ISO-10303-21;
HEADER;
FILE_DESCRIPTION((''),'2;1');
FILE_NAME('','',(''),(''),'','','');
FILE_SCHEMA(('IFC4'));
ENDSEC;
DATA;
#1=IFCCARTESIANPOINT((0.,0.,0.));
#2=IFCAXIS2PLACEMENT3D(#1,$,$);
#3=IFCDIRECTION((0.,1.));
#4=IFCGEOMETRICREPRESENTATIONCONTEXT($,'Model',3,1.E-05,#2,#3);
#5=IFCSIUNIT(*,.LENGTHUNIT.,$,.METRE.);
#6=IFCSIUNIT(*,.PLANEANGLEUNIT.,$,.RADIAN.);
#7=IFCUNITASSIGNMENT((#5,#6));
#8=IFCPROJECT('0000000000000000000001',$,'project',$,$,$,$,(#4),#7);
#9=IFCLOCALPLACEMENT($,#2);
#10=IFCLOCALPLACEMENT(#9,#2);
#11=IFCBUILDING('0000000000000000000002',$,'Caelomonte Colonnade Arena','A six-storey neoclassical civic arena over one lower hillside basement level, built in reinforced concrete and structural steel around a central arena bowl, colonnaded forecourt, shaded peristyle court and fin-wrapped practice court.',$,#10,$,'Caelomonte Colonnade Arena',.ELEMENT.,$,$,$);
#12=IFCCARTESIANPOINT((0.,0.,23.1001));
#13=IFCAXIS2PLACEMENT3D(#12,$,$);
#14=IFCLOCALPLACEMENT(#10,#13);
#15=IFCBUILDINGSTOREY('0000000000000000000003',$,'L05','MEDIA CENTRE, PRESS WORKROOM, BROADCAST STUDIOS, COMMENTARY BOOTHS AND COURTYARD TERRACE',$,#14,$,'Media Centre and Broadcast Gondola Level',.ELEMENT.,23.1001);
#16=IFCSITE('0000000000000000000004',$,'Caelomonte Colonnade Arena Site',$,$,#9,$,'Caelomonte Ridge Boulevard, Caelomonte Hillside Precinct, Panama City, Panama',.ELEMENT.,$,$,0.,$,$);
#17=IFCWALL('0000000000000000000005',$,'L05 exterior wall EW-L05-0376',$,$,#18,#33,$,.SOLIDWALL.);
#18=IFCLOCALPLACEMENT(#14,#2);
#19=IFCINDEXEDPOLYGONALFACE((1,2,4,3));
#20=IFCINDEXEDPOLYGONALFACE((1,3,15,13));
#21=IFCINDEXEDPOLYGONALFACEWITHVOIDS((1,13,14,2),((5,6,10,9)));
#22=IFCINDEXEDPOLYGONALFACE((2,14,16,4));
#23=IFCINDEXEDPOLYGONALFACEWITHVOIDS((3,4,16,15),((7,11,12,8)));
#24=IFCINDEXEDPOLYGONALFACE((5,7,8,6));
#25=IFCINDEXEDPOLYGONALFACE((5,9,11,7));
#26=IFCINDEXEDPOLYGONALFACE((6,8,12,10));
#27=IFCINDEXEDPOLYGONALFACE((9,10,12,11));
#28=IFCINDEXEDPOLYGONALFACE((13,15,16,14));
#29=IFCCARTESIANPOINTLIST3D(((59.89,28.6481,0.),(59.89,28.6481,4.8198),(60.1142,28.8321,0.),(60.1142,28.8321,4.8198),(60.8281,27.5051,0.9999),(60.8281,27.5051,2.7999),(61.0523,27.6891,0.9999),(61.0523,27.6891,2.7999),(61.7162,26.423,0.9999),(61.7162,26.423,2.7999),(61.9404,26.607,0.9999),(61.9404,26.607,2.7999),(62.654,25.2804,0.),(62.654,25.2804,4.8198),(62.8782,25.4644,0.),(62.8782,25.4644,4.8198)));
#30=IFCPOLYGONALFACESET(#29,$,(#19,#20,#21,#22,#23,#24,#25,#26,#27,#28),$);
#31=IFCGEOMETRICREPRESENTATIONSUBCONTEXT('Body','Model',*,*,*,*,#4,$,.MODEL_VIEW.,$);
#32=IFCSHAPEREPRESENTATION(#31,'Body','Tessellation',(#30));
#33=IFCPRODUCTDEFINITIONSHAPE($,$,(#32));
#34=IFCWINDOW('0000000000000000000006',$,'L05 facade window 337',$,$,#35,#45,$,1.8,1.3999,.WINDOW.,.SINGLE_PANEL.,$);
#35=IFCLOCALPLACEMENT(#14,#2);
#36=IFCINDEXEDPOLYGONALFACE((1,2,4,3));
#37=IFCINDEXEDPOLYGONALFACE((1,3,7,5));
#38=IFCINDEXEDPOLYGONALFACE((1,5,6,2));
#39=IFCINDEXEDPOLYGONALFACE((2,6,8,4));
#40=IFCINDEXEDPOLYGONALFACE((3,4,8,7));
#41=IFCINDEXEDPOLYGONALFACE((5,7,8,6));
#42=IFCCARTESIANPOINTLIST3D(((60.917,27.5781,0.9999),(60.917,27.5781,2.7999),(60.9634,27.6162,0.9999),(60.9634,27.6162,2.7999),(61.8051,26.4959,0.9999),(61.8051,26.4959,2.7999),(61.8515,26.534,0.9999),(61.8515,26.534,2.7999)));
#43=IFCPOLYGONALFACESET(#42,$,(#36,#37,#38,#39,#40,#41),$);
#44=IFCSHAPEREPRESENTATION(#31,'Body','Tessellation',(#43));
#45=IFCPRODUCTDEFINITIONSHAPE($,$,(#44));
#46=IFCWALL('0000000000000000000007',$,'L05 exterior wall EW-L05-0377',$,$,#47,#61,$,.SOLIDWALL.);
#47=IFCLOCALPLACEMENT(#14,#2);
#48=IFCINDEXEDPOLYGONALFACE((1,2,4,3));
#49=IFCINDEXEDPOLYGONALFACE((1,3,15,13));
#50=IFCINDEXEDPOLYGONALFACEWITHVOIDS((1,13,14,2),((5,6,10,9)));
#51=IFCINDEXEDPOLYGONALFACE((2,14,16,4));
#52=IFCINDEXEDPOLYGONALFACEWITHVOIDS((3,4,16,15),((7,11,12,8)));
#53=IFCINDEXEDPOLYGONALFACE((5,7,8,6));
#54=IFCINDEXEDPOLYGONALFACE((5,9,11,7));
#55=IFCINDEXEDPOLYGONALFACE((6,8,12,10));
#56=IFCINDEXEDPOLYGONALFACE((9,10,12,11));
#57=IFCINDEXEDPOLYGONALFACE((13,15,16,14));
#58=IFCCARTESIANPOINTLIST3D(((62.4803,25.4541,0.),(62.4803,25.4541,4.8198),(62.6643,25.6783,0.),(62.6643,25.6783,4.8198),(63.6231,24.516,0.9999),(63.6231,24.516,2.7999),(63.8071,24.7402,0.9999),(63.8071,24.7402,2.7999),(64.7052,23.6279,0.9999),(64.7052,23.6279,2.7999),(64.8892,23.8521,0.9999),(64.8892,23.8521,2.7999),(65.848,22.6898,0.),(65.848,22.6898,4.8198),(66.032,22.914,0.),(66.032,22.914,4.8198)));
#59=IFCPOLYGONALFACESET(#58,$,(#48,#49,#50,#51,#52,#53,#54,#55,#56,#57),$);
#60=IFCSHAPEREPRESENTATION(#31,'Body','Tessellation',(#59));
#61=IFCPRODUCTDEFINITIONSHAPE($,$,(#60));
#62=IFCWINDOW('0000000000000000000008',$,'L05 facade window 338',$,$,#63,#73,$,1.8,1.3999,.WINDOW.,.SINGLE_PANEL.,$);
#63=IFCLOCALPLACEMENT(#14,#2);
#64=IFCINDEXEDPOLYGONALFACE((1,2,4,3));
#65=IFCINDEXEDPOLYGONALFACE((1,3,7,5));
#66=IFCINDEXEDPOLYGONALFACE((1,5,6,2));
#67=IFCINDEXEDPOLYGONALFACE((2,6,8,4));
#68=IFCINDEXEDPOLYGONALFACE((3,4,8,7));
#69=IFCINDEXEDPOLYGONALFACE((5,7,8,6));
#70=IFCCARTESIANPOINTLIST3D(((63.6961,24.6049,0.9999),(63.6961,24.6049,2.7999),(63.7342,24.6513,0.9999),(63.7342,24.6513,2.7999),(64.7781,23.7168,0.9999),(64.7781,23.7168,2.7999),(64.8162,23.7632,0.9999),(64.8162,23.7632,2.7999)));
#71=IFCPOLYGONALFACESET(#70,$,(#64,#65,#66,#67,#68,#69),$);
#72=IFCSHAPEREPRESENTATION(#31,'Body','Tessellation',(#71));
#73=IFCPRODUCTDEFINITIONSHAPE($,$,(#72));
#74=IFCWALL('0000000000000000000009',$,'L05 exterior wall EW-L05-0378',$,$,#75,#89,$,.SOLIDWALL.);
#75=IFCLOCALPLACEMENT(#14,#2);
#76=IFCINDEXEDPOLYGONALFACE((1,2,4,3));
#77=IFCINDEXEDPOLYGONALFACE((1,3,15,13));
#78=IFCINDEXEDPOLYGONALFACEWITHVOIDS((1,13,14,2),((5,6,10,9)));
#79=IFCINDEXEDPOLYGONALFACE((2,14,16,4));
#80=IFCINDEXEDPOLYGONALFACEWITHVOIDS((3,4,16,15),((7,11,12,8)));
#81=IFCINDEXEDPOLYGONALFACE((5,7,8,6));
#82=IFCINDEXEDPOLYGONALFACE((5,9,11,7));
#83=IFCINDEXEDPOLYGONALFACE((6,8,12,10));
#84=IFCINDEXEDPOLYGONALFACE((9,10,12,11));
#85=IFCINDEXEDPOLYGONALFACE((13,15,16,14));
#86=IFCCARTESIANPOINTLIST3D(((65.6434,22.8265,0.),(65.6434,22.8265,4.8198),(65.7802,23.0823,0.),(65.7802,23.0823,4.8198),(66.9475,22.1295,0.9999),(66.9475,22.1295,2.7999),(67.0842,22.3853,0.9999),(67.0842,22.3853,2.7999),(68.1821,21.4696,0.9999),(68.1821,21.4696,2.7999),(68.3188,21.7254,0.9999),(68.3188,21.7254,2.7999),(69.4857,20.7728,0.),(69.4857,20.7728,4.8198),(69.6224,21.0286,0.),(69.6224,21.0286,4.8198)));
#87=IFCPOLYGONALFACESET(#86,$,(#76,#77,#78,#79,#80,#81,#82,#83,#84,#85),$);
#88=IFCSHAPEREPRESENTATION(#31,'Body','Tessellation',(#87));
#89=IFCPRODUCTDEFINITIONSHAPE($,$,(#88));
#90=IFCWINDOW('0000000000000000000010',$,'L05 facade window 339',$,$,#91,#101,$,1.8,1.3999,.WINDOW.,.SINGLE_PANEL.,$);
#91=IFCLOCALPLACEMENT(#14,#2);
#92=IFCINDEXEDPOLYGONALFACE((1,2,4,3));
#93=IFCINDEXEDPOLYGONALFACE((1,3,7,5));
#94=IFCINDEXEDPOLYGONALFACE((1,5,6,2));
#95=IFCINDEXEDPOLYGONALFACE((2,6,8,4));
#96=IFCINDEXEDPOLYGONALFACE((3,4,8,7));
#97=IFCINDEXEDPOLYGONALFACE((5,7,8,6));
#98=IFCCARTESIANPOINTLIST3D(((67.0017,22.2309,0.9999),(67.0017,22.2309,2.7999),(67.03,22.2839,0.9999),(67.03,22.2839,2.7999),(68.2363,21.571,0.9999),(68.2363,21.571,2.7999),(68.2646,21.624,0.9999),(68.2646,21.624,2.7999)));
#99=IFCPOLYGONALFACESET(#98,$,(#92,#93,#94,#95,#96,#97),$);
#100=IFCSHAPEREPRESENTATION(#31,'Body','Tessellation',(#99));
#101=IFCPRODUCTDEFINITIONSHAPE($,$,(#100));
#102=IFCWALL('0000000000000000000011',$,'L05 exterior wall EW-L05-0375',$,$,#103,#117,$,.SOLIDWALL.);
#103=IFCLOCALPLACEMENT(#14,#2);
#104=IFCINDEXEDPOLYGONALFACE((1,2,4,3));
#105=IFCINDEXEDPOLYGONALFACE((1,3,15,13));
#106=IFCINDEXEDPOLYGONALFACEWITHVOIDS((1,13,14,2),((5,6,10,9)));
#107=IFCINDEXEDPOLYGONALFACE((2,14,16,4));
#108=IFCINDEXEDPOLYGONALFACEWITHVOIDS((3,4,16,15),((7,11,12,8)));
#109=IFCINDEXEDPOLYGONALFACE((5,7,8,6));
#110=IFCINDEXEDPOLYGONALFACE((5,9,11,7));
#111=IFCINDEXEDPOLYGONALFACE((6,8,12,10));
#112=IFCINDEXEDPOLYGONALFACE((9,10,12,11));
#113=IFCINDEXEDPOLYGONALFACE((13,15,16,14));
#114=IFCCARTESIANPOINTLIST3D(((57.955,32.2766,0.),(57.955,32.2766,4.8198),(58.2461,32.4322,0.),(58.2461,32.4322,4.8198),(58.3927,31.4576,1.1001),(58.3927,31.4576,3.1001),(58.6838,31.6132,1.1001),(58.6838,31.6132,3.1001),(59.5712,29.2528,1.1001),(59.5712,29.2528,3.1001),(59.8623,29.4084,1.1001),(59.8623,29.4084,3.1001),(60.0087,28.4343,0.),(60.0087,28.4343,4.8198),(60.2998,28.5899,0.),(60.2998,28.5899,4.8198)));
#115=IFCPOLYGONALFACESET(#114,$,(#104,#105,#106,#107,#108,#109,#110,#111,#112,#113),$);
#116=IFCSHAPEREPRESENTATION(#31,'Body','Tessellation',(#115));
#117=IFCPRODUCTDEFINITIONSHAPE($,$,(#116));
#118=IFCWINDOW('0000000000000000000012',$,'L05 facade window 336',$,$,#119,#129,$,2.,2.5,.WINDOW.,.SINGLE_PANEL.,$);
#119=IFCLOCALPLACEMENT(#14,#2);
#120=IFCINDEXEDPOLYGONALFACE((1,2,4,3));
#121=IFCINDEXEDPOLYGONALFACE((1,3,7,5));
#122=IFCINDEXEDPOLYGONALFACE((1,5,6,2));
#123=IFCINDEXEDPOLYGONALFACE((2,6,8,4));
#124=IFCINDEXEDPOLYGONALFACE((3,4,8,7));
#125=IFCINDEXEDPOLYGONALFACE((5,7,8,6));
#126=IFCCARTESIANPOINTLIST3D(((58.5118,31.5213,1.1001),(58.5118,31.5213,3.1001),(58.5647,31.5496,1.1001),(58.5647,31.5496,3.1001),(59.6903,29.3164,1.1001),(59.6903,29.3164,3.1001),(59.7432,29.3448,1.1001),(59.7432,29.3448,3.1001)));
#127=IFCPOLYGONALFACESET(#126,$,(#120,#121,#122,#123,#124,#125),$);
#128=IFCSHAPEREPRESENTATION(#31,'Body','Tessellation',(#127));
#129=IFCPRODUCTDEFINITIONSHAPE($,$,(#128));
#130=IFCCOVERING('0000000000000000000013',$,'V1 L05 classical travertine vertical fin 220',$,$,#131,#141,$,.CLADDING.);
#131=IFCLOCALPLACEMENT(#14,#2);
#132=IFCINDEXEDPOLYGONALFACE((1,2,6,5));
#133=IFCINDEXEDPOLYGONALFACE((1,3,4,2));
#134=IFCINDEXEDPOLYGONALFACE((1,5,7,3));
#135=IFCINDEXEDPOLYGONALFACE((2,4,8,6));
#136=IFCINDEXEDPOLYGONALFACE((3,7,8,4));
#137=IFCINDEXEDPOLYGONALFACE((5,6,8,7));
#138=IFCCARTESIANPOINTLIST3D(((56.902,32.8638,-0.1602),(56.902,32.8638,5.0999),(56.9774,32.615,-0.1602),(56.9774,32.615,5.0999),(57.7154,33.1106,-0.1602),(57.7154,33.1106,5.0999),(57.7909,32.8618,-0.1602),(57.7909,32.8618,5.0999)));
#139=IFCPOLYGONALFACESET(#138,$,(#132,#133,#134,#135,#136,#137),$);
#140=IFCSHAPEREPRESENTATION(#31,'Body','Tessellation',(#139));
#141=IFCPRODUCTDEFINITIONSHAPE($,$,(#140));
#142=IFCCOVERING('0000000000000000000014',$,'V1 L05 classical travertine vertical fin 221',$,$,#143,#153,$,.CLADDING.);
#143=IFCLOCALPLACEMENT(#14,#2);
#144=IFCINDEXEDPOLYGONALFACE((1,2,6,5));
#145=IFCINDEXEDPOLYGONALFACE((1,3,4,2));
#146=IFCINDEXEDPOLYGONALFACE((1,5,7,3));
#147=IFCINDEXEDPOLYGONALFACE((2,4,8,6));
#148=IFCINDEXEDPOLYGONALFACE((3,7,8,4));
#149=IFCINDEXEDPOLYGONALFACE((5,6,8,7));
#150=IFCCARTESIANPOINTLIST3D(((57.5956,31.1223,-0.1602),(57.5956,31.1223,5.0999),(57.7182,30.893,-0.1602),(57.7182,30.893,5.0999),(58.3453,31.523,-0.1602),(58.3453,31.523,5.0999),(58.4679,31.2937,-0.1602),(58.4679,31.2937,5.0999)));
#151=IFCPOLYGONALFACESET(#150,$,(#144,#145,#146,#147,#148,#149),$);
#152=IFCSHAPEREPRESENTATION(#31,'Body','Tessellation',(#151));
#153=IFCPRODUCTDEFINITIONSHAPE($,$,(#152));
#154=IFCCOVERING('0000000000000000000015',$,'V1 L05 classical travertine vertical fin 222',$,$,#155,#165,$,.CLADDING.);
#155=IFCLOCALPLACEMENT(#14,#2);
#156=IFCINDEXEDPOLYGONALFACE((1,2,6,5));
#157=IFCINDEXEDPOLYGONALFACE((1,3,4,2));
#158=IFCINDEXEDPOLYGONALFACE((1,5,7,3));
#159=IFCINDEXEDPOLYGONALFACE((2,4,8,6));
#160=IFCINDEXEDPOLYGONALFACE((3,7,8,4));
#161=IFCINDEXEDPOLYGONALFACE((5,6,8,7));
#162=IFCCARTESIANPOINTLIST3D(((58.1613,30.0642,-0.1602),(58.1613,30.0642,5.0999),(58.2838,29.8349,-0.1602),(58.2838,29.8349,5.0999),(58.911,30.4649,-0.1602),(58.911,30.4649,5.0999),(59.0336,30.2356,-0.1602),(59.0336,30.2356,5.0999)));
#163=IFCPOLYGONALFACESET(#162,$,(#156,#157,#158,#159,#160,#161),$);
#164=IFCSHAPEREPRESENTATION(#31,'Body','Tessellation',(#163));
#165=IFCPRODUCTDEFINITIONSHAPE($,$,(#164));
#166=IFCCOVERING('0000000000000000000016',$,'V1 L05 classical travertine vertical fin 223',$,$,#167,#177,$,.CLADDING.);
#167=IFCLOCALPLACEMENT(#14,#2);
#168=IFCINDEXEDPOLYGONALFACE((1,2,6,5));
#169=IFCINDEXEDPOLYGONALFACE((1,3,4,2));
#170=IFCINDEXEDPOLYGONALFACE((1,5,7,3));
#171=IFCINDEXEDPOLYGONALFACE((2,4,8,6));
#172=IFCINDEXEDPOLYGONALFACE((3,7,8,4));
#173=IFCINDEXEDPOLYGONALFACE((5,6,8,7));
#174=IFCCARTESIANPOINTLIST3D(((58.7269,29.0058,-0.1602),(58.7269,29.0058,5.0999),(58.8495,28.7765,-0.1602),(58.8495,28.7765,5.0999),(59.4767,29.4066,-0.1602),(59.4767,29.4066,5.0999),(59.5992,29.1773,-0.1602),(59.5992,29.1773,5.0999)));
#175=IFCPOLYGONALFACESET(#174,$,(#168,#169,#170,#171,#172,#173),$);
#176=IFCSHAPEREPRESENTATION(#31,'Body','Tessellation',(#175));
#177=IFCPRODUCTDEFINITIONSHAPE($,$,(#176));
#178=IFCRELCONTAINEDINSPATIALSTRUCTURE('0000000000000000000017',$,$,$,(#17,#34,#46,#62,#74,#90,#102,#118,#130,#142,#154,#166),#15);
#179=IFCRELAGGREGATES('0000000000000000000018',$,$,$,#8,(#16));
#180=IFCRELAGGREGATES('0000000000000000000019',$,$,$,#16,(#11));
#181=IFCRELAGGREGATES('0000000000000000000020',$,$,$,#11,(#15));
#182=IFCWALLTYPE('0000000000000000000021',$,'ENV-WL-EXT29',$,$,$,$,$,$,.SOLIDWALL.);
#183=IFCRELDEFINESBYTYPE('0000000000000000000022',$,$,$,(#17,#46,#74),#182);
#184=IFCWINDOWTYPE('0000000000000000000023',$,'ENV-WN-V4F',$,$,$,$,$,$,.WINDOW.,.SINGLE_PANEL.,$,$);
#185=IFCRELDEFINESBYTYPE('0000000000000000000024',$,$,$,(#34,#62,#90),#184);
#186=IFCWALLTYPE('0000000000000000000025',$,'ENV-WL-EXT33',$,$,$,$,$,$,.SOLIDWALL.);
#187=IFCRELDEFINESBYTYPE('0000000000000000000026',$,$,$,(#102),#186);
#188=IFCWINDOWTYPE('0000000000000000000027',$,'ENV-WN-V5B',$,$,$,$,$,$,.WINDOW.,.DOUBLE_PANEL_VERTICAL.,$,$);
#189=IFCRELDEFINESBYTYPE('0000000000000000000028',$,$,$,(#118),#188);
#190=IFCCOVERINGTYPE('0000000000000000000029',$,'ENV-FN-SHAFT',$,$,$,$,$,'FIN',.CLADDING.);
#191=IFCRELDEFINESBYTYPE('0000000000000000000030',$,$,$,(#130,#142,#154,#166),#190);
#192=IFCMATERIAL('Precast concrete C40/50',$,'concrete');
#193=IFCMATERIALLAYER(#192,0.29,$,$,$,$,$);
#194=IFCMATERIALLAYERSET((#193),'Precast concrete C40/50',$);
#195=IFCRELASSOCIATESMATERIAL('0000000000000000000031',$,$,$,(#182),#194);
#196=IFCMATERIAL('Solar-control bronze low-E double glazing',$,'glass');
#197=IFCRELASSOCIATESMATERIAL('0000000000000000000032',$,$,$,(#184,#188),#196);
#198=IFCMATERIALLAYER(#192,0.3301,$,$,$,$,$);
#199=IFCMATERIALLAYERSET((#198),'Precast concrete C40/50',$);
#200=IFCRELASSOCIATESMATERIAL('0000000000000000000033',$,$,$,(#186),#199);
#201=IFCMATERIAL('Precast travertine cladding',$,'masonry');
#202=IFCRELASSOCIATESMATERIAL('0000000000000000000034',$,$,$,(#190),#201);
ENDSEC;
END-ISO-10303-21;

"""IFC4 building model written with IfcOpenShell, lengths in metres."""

from ifc_helpers import new_model, si_unit, direction, frame, frame_2d, origin, origin_2d, place, context, subcontext, project, spatial, rectangle, extrude, material, layer, layer_set, material_profile, profile_set, type_object, element, fill, save


model = new_model("IFC4")

# Units and contexts
model_context = context("Model", 3, precision=1e-05, world=origin(), true_north=direction((0.0, 1.0)))
body_context = subcontext(model_context, "Body", "Model", "MODEL_VIEW")
ifc_project = project(units=[si_unit("LENGTHUNIT", "METRE"), si_unit("PLANEANGLEUNIT", "RADIAN")], contexts=[model_context])

# Site, building, storey
site_placement = place(None, origin())
site = spatial("IfcSite", under=ifc_project, at=site_placement, Name="Caelomonte Colonnade Arena Site", LongName="Caelomonte Ridge Boulevard, Caelomonte Hillside Precinct, Panama City, Panama", CompositionType="ELEMENT", RefElevation=0.0)
building_placement = place(site_placement, origin())
building = spatial("IfcBuilding", under=site, at=building_placement, Name="Caelomonte Colonnade Arena", Description="A six-storey neoclassical civic arena over one lower hillside basement level, built in reinforced concrete and structural steel around a central arena bowl, colonnaded forecourt, shaded peristyle court and fin-wrapped practice court.", LongName="Caelomonte Colonnade Arena", CompositionType="ELEMENT")
storey_placement = place(building_placement, frame((0.0, 0.0, 23.1001)))
storey = spatial("IfcBuildingStorey", under=building, at=storey_placement, Name="L05", Description="MEDIA CENTRE, PRESS WORKROOM, BROADCAST STUDIOS, COMMENTARY BOOTHS AND COURTYARD TERRACE", LongName="Media Centre and Broadcast Gondola Level", CompositionType="ELEMENT", Elevation=23.1001)

# Walls, openings, windows
ifc_material_1 = material(Name="Precast concrete C40/50", Category="concrete")
ifc_layer_1 = layer(ifc_material_1, 0.29)
ifc_layer_set_1 = layer_set([ifc_layer_1], Name="Precast concrete C40/50")
wall_type_1 = type_object("IfcWallType", Name="ENV-WL-EXT29", PredefinedType="SOLIDWALL", material=ifc_layer_set_1)
wall_1_placement = place(storey_placement, frame((60.0022, 28.74, 0.0), z_axis=(0.0, 0.0, 1.0), x_axis=(0.634412, -0.772995, 0.0)))
wall_1 = element("IfcWall", 1, at=wall_1_placement, inside=storey, type_object=wall_type_1, Name="L05 exterior wall EW-L05-0376", PredefinedType="SOLIDWALL", context=body_context, shape_type="SweptSolid", body=[
    extrude(rectangle(XDim=4.3567, YDim=0.29, at=frame_2d((2.1782, 0.0))), origin(), (0.0, 0.0, 1.0), 4.8198),
])
opening_1_placement = place(wall_1_placement, frame((2.8784, 0.0, 1.0), z_axis=(0.0, 0.0, 1.0), x_axis=(-1.0, 0.0, 0.0)))
opening_1 = element("IfcOpeningElement", 2, at=opening_1_placement, cuts=wall_1, PredefinedType="OPENING", context=body_context, shape_type="SweptSolid", body=[
    extrude(rectangle(XDim=1.3999, YDim=1.8, at=frame_2d((0.7, 0.8999))), frame((0.0, 0.155, 0.0), z_axis=(0.0, -1.0, 0.0), x_axis=(1.0, 0.0, 0.0)), (0.0, 0.0, 1.0), 0.3101),
])
ifc_material_2 = material(Name="Solar-control bronze low-E double glazing", Category="glass")
window_type_1 = type_object("IfcWindowType", Name="ENV-WN-V4F", PartitioningType="SINGLE_PANEL", PredefinedType="WINDOW", material=ifc_material_2)
window_1_placement = place(opening_1_placement, origin())
window_1 = element("IfcWindow", 3, at=window_1_placement, inside=storey, type_object=window_type_1, Name="L05 facade window 337", OverallHeight=1.8, OverallWidth=1.3999, PartitioningType="SINGLE_PANEL", PredefinedType="WINDOW", context=body_context, shape_type="SweptSolid", body=[
    extrude(rectangle(XDim=1.3999, YDim=1.8, at=frame_2d((0.7, 0.8999))), frame((0.0, 0.03, 0.0), z_axis=(0.0, -1.0, 0.0), x_axis=(1.0, 0.0, 0.0)), (0.0, 0.0, 1.0), 0.0601),
])
fill(opening_1, window_1)
wall_2_placement = place(storey_placement, frame((62.5723, 25.5662, 0.0), z_axis=(0.0, 0.0, 1.0), x_axis=(0.772968, -0.634445, 0.0)))
wall_2 = element("IfcWall", 4, at=wall_2_placement, inside=storey, type_object=wall_type_1, Name="L05 exterior wall EW-L05-0377", PredefinedType="SOLIDWALL", context=body_context, shape_type="SweptSolid", body=[
    extrude(rectangle(XDim=4.3569, YDim=0.29, at=frame_2d((2.1785, 0.0))), origin(), (0.0, 0.0, 1.0), 4.8198),
])
opening_2_placement = place(wall_2_placement, frame((2.8784, 0.0, 1.0), z_axis=(0.0, 0.0, 1.0), x_axis=(-1.0, 0.0, 0.0)))
opening_2 = element("IfcOpeningElement", 5, at=opening_2_placement, cuts=wall_2, PredefinedType="OPENING", context=body_context, shape_type="SweptSolid", body=[
    extrude(rectangle(XDim=1.3999, YDim=1.8, at=frame_2d((0.7, 0.8999))), frame((0.0, 0.155, 0.0), z_axis=(0.0, -1.0, 0.0), x_axis=(1.0, 0.0, 0.0)), (0.0, 0.0, 1.0), 0.3101),
])
window_2_placement = place(opening_2_placement, origin())
window_2 = element("IfcWindow", 6, at=window_2_placement, inside=storey, type_object=window_type_1, Name="L05 facade window 338", OverallHeight=1.8, OverallWidth=1.3999, PartitioningType="SINGLE_PANEL", PredefinedType="WINDOW", context=body_context, shape_type="SweptSolid", body=[
    extrude(rectangle(XDim=1.3999, YDim=1.8, at=frame_2d((0.7, 0.8999))), frame((0.0, 0.03, 0.0), z_axis=(0.0, -1.0, 0.0), x_axis=(1.0, 0.0, 0.0)), (0.0, 0.0, 1.0), 0.0601),
])
fill(opening_2, window_2)
wall_3_placement = place(storey_placement, frame((65.7119, 22.9543, 0.0), z_axis=(0.0, 0.0, 1.0), x_axis=(0.881924, -0.471391, 0.0)))
wall_3 = element("IfcWall", 7, at=wall_3_placement, inside=storey, type_object=wall_type_1, Name="L05 exterior wall EW-L05-0378", PredefinedType="SOLIDWALL", context=body_context, shape_type="SweptSolid", body=[
    extrude(rectangle(XDim=4.3567, YDim=0.29, at=frame_2d((2.1782, 0.0))), origin(), (0.0, 0.0, 1.0), 4.8198),
])
opening_3_placement = place(wall_3_placement, frame((2.8784, 0.0, 1.0), z_axis=(0.0, 0.0, 1.0), x_axis=(-1.0, 0.0, 0.0)))
opening_3 = element("IfcOpeningElement", 8, at=opening_3_placement, cuts=wall_3, PredefinedType="OPENING", context=body_context, shape_type="SweptSolid", body=[
    extrude(rectangle(XDim=1.3999, YDim=1.8, at=frame_2d((0.7, 0.8999))), frame((0.0, 0.155, 0.0), z_axis=(0.0, -1.0, 0.0), x_axis=(1.0, 0.0, 0.0)), (0.0, 0.0, 1.0), 0.3101),
])
window_3_placement = place(opening_3_placement, origin())
window_3 = element("IfcWindow", 9, at=window_3_placement, inside=storey, type_object=window_type_1, Name="L05 facade window 339", OverallHeight=1.8, OverallWidth=1.3999, PartitioningType="SINGLE_PANEL", PredefinedType="WINDOW", context=body_context, shape_type="SweptSolid", body=[
    extrude(rectangle(XDim=1.3999, YDim=1.8, at=frame_2d((0.7, 0.8999))), frame((0.0, 0.03, 0.0), z_axis=(0.0, -1.0, 0.0), x_axis=(1.0, 0.0, 0.0)), (0.0, 0.0, 1.0), 0.0601),
])
fill(opening_3, window_3)
ifc_layer_2 = layer(ifc_material_1, 0.3301)
ifc_layer_set_2 = layer_set([ifc_layer_2], Name="Precast concrete C40/50")
wall_type_2 = type_object("IfcWallType", Name="ENV-WL-EXT33", PredefinedType="SOLIDWALL", material=ifc_layer_set_2)
wall_4_placement = place(storey_placement, frame((58.1006, 32.3542, 0.0), z_axis=(0.0, 0.0, 1.0), x_axis=(0.471391, -0.881924, 0.0)))
wall_4 = element("IfcWall", 10, at=wall_4_placement, inside=storey, type_object=wall_type_2, Name="L05 exterior wall EW-L05-0375", PredefinedType="SOLIDWALL", context=body_context, shape_type="SweptSolid", body=[
    extrude(rectangle(XDim=4.3567, YDim=0.3301, at=frame_2d((2.1782, 0.0))), origin(), (0.0, 0.0, 1.0), 4.8198),
])
opening_4_placement = place(wall_4_placement, frame((3.4285, 0.0, 1.1001), z_axis=(0.0, 0.0, 1.0), x_axis=(-1.0, 0.0, 0.0)))
opening_4 = element("IfcOpeningElement", 11, at=opening_4_placement, cuts=wall_4, PredefinedType="OPENING", context=body_context, shape_type="SweptSolid", body=[
    extrude(rectangle(XDim=2.5, YDim=2.0, at=frame_2d((1.25, 1.0))), frame((0.0, 0.175, 0.0), z_axis=(0.0, -1.0, 0.0), x_axis=(1.0, 0.0, 0.0)), (0.0, 0.0, 1.0), 0.3501),
])
window_type_2 = type_object("IfcWindowType", Name="ENV-WN-V5B", PartitioningType="DOUBLE_PANEL_VERTICAL", PredefinedType="WINDOW", material=ifc_material_2)
window_4_placement = place(opening_4_placement, origin())
window_4 = element("IfcWindow", 12, at=window_4_placement, inside=storey, type_object=window_type_2, Name="L05 facade window 336", OverallHeight=2.0, OverallWidth=2.5, PartitioningType="SINGLE_PANEL", PredefinedType="WINDOW", context=body_context, shape_type="SweptSolid", body=[
    extrude(rectangle(XDim=2.5, YDim=2.0, at=frame_2d((1.25, 1.0))), frame((0.0, 0.03, 0.0), z_axis=(0.0, -1.0, 0.0), x_axis=(1.0, 0.0, 0.0)), (0.0, 0.0, 1.0), 0.0601),
])
fill(opening_4, window_4)

# Coverings
ifc_material_3 = material(Name="Precast travertine cladding", Category="masonry")
ifc_material_profile = material_profile(ifc_material_3, rectangle(XDim=0.26, YDim=0.8501, at=origin_2d()), Name="FIN260X850")
ifc_profile_set = profile_set([ifc_material_profile], Name="Precast travertine cladding")
covering_type = type_object("IfcCoveringType", Name="ENV-FN-SHAFT", ElementType="FIN", PredefinedType="CLADDING", material=ifc_profile_set)
for number, where, z_axis, x_axis, name in (
    (13, (57.3464, 32.8628, -0.1602), (0.0, 0.0, 1.0), (-0.290276, 0.956943, 0.0), "V1 L05 classical travertine vertical fin 220"),
    (14, (58.0317, 31.208, -0.1602), (0.0, 0.0, 1.0), (-0.471397, 0.881921, 0.0), "V1 L05 classical travertine vertical fin 221"),
    (15, (58.5974, 30.1499, -0.1602), (0.0, 0.0, 1.0), (-0.471397, 0.881921, 0.0), "V1 L05 classical travertine vertical fin 222"),
    (16, (59.1631, 29.0916, -0.1602), (0.0, 0.0, 1.0), (-0.471397, 0.881921, 0.0), "V1 L05 classical travertine vertical fin 223"),
):
    element("IfcCovering", number, at=place(storey_placement, frame(where, z_axis=z_axis, x_axis=x_axis)), inside=storey, type_object=covering_type, Name=name, PredefinedType="CLADDING", context=body_context, shape_type="SweptSolid", body=[
        extrude(rectangle(XDim=0.26, YDim=0.8501, at=origin_2d()), origin(), (0.0, 0.0, 1.0), 5.26),
    ])

save(model, "model.ifc")
